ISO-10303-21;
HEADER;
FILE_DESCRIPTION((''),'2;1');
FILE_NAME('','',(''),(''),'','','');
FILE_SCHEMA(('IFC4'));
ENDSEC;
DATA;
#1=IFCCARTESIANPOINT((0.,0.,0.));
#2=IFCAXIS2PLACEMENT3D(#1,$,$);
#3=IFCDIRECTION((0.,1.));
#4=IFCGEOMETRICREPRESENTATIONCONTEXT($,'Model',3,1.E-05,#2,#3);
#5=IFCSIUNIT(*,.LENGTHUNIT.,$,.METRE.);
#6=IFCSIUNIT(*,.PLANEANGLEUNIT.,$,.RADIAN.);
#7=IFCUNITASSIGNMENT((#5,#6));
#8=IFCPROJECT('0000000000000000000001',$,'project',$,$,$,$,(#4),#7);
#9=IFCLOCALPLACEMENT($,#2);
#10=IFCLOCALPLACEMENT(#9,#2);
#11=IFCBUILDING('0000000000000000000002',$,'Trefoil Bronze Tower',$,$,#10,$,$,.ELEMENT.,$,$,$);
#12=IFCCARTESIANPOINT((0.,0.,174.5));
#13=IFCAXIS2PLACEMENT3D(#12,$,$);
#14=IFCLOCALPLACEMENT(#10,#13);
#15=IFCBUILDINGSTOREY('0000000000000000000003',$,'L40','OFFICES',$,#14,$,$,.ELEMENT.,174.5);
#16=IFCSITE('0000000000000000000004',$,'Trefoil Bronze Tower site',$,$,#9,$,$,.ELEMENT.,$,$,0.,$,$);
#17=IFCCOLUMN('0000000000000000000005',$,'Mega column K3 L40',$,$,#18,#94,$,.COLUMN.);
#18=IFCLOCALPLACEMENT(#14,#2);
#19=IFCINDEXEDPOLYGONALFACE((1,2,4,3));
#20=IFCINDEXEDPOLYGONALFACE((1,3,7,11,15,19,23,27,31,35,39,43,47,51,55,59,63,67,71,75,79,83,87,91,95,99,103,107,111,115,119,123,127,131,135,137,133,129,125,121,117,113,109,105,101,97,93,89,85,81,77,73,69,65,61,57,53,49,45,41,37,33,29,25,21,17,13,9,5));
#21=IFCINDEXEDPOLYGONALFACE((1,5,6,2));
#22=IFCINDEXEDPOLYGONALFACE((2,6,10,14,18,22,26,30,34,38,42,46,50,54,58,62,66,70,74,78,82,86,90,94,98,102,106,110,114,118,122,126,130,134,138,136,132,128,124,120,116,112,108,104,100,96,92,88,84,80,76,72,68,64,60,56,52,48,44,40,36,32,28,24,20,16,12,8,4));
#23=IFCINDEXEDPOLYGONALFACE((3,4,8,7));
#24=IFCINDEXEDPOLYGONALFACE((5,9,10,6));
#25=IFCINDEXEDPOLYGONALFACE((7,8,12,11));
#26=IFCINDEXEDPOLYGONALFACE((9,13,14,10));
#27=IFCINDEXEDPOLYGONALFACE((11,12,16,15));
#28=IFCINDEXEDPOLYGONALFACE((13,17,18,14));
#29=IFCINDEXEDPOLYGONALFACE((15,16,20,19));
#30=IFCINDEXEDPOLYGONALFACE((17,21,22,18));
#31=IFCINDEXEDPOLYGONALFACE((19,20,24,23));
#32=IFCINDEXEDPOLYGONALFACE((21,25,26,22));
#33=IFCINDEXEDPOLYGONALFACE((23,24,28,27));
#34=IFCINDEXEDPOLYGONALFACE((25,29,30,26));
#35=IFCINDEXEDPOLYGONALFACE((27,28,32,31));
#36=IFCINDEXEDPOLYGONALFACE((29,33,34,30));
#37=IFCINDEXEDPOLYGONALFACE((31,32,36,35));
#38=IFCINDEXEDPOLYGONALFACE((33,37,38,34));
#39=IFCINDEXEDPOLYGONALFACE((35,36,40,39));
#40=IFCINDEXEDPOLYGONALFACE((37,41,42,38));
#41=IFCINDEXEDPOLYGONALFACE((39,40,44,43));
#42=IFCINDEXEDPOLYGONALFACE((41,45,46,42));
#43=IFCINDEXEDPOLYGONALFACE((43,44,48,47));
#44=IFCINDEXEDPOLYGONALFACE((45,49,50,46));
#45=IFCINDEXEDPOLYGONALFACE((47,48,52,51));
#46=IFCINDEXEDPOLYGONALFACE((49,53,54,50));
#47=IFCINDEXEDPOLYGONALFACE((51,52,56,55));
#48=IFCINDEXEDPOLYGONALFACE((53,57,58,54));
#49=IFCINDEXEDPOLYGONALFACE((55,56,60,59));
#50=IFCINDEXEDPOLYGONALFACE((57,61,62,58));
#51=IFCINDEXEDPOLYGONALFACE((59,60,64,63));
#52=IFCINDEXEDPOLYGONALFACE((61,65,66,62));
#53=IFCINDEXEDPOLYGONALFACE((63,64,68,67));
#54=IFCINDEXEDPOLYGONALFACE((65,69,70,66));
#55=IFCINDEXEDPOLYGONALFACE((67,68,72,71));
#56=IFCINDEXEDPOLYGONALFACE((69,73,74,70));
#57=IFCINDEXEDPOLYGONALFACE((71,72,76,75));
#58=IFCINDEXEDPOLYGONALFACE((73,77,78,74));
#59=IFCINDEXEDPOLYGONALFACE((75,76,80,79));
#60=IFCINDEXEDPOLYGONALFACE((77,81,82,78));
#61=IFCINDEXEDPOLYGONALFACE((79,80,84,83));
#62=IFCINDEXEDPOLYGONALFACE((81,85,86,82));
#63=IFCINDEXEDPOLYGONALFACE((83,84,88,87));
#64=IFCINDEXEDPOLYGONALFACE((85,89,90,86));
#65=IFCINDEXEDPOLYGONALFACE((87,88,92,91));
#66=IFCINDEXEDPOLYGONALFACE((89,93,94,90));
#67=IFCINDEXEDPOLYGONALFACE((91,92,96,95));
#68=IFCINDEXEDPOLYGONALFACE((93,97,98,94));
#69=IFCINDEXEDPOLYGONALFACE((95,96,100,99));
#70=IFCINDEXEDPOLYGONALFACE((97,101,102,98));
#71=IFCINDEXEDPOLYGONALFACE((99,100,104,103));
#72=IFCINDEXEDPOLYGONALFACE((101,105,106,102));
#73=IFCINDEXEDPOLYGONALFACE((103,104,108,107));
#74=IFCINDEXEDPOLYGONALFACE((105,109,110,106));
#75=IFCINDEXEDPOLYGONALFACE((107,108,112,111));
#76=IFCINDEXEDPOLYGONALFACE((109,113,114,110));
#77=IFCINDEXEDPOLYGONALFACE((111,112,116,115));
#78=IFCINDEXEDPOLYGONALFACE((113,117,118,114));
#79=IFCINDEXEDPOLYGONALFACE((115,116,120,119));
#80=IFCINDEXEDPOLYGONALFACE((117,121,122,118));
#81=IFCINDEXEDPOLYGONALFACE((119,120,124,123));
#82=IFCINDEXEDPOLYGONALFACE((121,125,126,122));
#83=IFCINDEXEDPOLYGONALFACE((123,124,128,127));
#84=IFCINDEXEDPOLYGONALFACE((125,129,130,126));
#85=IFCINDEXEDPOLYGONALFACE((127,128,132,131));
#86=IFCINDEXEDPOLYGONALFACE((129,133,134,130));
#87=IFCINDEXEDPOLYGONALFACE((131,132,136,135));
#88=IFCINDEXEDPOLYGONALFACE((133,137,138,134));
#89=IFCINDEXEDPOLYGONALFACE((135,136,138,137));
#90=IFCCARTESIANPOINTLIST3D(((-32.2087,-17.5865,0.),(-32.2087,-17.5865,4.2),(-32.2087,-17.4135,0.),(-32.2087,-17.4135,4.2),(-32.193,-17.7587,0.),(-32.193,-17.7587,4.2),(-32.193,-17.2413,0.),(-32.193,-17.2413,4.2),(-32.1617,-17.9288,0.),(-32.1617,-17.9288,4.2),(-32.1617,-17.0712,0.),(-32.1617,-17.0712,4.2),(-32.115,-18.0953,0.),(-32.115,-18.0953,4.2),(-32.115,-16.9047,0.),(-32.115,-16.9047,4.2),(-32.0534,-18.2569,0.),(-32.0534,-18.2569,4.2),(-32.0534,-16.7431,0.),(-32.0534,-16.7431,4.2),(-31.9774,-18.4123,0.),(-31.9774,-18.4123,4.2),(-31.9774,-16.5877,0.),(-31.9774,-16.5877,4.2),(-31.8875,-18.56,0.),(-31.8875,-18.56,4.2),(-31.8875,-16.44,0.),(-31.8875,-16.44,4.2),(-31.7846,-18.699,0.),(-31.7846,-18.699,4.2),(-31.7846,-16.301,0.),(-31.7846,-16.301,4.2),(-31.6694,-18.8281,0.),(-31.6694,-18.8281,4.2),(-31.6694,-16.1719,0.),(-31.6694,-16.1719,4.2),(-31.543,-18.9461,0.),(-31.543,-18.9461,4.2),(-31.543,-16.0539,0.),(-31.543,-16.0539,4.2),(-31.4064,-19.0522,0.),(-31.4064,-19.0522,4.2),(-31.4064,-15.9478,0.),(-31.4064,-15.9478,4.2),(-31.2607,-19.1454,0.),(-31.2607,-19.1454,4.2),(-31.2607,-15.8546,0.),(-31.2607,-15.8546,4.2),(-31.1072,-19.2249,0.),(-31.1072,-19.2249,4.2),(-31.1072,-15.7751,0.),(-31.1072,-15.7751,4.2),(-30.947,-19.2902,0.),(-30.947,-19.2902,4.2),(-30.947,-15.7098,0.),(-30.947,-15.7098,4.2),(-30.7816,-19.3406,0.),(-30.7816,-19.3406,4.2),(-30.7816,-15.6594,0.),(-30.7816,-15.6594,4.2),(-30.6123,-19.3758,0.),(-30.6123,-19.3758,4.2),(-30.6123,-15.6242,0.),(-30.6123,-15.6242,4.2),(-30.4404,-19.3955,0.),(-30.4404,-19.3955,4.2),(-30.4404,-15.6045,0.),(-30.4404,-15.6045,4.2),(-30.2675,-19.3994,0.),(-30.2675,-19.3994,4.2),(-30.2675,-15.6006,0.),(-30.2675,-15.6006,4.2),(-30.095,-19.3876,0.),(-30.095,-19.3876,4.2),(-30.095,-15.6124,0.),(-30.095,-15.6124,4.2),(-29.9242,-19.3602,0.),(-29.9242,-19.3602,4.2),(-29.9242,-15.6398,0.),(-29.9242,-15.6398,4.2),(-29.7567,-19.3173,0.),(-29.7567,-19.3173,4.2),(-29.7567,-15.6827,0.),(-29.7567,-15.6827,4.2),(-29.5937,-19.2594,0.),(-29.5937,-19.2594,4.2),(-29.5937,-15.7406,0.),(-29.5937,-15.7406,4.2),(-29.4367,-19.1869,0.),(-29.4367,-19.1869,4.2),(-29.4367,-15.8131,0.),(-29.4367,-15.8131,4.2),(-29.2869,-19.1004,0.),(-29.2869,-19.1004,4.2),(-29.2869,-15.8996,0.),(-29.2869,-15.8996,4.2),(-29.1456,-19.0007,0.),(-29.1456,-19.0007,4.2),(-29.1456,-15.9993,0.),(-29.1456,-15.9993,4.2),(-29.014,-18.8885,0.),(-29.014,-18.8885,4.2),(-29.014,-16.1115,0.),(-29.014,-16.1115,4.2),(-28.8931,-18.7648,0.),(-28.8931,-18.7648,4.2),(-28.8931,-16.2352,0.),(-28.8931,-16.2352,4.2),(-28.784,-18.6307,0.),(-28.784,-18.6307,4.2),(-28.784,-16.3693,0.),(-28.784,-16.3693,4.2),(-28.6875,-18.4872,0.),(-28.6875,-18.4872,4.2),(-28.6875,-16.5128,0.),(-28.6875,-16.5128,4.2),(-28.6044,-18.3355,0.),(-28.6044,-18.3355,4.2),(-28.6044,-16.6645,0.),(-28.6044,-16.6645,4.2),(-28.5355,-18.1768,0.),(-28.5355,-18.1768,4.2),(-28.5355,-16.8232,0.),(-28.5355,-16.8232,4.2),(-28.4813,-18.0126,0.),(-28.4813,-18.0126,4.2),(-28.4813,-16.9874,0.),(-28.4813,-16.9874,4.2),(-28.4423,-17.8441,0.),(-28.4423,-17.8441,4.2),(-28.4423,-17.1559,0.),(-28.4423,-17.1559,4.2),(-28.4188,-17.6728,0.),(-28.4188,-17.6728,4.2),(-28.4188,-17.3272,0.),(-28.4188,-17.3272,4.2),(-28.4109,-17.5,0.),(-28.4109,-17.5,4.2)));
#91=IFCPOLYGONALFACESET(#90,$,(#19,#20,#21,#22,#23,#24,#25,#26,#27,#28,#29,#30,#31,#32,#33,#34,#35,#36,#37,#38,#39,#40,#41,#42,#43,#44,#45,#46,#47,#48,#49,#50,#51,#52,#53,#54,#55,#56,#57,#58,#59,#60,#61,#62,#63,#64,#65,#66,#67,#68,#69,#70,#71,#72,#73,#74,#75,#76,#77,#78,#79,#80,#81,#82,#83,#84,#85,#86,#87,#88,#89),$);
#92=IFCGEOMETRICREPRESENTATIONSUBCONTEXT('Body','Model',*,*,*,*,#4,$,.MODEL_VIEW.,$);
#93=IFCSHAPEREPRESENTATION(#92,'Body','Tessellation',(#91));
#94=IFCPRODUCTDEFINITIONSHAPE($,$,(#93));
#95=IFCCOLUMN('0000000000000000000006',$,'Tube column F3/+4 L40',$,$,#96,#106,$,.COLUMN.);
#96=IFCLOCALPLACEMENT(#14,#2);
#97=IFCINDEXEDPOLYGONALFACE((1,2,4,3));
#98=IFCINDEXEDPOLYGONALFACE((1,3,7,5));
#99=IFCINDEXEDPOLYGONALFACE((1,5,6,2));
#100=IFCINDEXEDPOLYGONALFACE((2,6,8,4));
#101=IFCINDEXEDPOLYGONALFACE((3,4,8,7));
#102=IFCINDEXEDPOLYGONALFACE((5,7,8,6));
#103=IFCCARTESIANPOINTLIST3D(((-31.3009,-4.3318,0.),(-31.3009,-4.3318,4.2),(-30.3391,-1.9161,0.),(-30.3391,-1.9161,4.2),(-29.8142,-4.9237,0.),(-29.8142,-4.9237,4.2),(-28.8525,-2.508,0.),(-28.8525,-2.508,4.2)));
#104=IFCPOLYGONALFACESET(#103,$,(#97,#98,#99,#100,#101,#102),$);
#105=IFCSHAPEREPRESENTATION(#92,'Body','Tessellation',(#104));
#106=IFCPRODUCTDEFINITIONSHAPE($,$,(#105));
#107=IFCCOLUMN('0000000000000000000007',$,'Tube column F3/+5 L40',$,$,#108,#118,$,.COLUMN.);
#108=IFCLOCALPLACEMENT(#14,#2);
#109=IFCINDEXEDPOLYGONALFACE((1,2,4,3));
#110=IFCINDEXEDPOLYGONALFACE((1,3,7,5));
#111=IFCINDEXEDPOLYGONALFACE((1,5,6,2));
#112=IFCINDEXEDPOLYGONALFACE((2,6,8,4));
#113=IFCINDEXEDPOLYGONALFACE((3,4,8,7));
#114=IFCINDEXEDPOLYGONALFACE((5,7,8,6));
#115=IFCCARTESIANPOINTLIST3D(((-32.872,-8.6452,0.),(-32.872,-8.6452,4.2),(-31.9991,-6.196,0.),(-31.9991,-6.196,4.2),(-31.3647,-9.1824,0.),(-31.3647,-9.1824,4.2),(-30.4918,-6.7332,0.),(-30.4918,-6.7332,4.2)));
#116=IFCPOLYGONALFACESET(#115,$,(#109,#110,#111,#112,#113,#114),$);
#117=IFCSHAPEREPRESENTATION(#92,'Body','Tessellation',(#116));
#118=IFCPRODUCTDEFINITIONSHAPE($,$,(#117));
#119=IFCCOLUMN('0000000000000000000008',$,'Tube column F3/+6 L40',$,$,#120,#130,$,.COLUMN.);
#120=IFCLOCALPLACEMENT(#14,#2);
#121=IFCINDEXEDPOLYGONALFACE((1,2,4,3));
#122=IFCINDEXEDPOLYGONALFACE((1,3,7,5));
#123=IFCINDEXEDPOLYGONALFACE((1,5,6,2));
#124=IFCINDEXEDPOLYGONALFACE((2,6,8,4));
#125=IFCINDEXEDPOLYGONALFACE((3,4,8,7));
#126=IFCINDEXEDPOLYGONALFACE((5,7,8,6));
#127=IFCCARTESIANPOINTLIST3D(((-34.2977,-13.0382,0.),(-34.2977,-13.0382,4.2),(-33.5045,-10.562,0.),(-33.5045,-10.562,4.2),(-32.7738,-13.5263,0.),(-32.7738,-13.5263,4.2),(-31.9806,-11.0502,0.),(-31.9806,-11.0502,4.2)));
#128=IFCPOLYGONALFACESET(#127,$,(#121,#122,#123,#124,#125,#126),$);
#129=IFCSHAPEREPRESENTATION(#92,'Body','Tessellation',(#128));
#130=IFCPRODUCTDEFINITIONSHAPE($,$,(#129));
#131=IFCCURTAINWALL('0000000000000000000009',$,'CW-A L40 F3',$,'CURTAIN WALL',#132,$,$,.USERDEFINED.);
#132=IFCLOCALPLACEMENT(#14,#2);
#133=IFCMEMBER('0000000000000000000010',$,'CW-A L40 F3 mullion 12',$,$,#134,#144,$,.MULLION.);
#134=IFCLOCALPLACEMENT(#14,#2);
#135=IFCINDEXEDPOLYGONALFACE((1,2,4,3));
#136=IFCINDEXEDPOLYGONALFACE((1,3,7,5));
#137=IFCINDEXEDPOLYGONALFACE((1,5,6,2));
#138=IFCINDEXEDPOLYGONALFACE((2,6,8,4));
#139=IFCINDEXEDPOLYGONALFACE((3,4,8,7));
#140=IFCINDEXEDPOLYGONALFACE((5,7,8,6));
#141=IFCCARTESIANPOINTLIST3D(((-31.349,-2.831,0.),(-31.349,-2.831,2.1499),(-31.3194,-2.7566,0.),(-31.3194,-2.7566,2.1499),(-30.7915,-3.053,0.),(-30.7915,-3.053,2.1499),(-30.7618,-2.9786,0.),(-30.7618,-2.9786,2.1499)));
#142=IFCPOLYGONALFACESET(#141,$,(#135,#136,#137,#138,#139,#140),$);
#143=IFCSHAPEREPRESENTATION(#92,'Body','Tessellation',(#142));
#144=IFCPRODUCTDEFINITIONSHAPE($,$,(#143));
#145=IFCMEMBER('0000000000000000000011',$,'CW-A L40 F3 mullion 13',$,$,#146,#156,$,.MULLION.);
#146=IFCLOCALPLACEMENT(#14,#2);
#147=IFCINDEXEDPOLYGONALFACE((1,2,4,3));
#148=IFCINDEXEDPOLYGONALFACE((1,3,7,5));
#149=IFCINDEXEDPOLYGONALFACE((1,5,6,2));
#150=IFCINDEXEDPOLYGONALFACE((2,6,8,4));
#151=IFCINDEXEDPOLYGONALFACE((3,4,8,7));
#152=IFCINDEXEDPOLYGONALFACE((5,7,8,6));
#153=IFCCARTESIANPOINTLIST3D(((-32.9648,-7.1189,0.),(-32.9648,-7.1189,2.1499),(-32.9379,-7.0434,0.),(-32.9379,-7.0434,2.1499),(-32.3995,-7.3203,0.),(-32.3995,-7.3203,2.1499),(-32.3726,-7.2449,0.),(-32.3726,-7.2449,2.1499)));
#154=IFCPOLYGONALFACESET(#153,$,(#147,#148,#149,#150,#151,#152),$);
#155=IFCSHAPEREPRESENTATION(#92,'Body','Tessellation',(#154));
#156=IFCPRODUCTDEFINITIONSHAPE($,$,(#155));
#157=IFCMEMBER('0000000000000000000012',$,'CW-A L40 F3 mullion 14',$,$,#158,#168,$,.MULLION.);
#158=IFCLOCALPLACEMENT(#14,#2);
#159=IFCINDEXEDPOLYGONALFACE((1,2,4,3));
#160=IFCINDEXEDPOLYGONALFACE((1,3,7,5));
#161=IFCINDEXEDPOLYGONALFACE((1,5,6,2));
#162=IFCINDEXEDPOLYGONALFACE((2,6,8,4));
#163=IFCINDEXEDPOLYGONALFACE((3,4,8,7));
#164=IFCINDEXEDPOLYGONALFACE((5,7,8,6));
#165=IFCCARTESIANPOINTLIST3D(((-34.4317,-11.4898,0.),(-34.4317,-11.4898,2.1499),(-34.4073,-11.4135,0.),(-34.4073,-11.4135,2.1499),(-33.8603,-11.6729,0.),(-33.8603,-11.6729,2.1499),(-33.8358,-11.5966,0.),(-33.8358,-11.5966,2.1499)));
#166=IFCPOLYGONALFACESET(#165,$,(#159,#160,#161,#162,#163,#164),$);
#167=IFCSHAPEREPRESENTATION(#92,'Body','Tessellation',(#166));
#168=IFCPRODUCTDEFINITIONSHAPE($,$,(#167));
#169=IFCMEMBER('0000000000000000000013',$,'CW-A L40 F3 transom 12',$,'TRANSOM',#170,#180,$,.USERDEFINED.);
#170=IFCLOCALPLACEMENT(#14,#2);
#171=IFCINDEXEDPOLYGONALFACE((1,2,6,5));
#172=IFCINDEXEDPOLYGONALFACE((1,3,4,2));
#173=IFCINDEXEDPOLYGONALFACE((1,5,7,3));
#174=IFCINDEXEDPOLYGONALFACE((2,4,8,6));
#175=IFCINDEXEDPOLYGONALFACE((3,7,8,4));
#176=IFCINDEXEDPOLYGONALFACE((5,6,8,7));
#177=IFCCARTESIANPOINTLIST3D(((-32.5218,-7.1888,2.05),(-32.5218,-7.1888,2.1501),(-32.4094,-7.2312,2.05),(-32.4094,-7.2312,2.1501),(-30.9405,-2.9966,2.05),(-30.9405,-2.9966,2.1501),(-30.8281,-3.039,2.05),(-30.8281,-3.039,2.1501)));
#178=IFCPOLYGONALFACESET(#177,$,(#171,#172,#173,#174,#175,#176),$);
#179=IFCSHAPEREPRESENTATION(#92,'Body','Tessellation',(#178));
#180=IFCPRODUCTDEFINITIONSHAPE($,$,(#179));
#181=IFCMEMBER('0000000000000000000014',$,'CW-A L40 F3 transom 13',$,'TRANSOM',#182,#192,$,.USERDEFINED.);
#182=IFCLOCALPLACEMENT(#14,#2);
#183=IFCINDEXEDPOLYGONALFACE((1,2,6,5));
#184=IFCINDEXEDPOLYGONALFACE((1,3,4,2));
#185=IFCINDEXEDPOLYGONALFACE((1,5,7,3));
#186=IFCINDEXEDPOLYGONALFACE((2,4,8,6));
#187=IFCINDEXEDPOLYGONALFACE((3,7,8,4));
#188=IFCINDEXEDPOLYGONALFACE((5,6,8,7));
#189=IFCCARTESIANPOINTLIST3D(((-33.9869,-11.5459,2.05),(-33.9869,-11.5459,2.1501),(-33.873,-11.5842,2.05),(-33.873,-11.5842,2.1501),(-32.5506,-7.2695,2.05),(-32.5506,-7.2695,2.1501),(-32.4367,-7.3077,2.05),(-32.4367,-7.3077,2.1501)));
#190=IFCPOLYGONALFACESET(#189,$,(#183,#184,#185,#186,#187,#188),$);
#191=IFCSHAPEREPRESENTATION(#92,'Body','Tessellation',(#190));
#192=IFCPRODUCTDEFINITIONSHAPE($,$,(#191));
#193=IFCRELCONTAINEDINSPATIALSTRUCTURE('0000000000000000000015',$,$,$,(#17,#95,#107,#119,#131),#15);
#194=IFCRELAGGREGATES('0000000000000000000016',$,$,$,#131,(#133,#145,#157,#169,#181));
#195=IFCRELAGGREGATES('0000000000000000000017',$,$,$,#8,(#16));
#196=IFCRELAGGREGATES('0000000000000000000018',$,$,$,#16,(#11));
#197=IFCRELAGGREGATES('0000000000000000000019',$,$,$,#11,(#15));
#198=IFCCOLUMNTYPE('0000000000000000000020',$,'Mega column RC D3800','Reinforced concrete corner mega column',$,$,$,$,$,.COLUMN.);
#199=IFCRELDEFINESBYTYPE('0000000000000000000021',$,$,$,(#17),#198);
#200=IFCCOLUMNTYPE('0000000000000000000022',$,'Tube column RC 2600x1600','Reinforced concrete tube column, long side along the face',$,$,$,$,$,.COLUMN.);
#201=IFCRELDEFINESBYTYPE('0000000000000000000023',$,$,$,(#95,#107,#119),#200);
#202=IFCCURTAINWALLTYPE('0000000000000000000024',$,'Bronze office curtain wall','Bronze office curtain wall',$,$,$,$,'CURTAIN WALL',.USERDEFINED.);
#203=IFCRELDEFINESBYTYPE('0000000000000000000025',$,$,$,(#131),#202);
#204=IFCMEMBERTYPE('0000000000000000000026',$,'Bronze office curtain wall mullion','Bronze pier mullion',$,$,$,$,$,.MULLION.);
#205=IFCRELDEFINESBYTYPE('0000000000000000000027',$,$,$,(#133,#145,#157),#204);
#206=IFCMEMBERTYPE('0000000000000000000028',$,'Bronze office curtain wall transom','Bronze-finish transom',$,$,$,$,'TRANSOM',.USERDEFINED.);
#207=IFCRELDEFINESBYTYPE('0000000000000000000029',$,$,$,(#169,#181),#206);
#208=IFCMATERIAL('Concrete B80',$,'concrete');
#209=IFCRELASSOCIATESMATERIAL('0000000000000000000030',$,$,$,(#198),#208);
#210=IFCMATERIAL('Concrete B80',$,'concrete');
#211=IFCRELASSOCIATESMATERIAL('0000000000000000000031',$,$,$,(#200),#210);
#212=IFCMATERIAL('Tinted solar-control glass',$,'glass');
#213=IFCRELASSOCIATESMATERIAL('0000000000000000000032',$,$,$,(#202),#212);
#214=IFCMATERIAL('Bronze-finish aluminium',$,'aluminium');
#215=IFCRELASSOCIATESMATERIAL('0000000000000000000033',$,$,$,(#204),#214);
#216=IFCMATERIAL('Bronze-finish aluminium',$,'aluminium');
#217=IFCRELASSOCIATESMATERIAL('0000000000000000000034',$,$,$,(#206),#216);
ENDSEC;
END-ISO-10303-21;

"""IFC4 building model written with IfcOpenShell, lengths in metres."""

from ifc_helpers import new_model, si_unit, direction, frame, origin, origin_2d, place, context, subcontext, project, spatial, rectangle, circle, extrude, material, material_profile, profile_set, type_object, element, aggregate, save


model = new_model("IFC4")

# Units and contexts
model_context = context("Model", 3, precision=1e-05, world=origin(), true_north=direction((0.0, 1.0)))
body_context = subcontext(model_context, "Body", "Model", "MODEL_VIEW")
ifc_project = project(units=[si_unit("LENGTHUNIT", "METRE"), si_unit("PLANEANGLEUNIT", "RADIAN")], contexts=[model_context])

# Site, building, storey
site_placement = place(None, origin())
site = spatial("IfcSite", under=ifc_project, at=site_placement, Name="Trefoil Bronze Tower site", CompositionType="ELEMENT", RefElevation=0.0)
building_placement = place(site_placement, origin())
building = spatial("IfcBuilding", under=site, at=building_placement, Name="Trefoil Bronze Tower", CompositionType="ELEMENT")
storey_placement = place(building_placement, frame((0.0, 0.0, 174.5)))
storey = spatial("IfcBuildingStorey", under=building, at=storey_placement, Name="L40", Description="OFFICES", CompositionType="ELEMENT", Elevation=174.5)

# Columns
ifc_material_1 = material(Name="Concrete B80", Category="concrete")
ifc_material_profile_1 = material_profile(ifc_material_1, circle(Radius=1.8999, at=origin_2d()), Name="RC D3800")
ifc_profile_set_1 = profile_set([ifc_material_profile_1], Name="Concrete B80")
column_type_1 = type_object("IfcColumnType", Name="Mega column RC D3800", Description="Reinforced concrete corner mega column", PredefinedType="COLUMN", material=ifc_profile_set_1)
column_placement = place(storey_placement, frame((-30.3108, -17.5, 0.0), z_axis=(0.0, 0.0, 1.0), x_axis=(1.0, 0.0, 0.0)))
element("IfcColumn", 1, at=column_placement, inside=storey, type_object=column_type_1, Name="Mega column K3 L40", PredefinedType="COLUMN", context=body_context, shape_type="SweptSolid", body=[
    extrude(circle(Radius=1.8999, at=origin_2d()), origin(), (0.0, 0.0, 1.0), 4.2),
])
ifc_material_2 = material(Name="Concrete B80", Category="concrete")
ifc_material_profile_2 = material_profile(ifc_material_2, rectangle(XDim=2.6001, YDim=1.6001, at=origin_2d()), Name="RC 2600x1600")
ifc_profile_set_2 = profile_set([ifc_material_profile_2], Name="Concrete B80")
column_type_2 = type_object("IfcColumnType", Name="Tube column RC 2600x1600", Description="Reinforced concrete tube column, long side along the face", PredefinedType="COLUMN", material=ifc_profile_set_2)
for number, where, z_axis, x_axis, name in (
    (2, (-30.0767, -3.4199, 0.0), (0.0, 0.0, 1.0), (-0.369901, -0.929071, 0.0), "Tube column F3/+4 L40"),
    (3, (-31.6819, -7.6892, 0.0), (0.0, 0.0, 1.0), (-0.335718, -0.941963, 0.0), "Tube column F3/+5 L40"),
    (4, (-33.1392, -12.0442, 0.0), (0.0, 0.0, 1.0), (-0.305066, -0.952331, 0.0), "Tube column F3/+6 L40"),
):
    element("IfcColumn", number, at=place(storey_placement, frame(where, z_axis=z_axis, x_axis=x_axis)), inside=storey, type_object=column_type_2, Name=name, PredefinedType="COLUMN", context=body_context, shape_type="SweptSolid", body=[
        extrude(rectangle(XDim=2.6001, YDim=1.6001, at=origin_2d()), origin(), (0.0, 0.0, 1.0), 4.2),
    ])

# Curtain wall, members
ifc_material_3 = material(Name="Tinted solar-control glass", Category="glass")
curtain_wall_type_1 = type_object("IfcCurtainWallType", Name="Bronze office curtain wall", Description="Bronze office curtain wall", ElementType="CURTAIN WALL", PredefinedType="USERDEFINED", material=ifc_material_3)
curtain_wall_1_placement = place(storey_placement, origin())
curtain_wall_1 = element("IfcCurtainWall", 5, at=curtain_wall_1_placement, inside=storey, type_object=curtain_wall_type_1, Name="CW-A L40 F3", ObjectType="CURTAIN WALL", PredefinedType="USERDEFINED")
ifc_material_4 = material(Name="Bronze-finish aluminium", Category="aluminium")
ifc_material_profile_3 = material_profile(ifc_material_4, rectangle(XDim=0.6001, YDim=0.0801, at=origin_2d()), Name="CW-A mullion")
ifc_profile_set_3 = profile_set([ifc_material_profile_3], Name="Bronze-finish aluminium")
member_type_1 = type_object("IfcMemberType", Name="Bronze office curtain wall mullion", Description="Bronze pier mullion", PredefinedType="MULLION", material=ifc_profile_set_3)
member_1_placement = place(storey_placement, frame((-31.0554, -2.9048, 0.0), z_axis=(0.0, 0.0, 1.0), x_axis=(0.929071, -0.369901, 0.0)))
member_1 = element("IfcMember", 6, at=member_1_placement, type_object=member_type_1, Name="CW-A L40 F3 mullion 12", PredefinedType="MULLION", context=body_context, shape_type="SweptSolid", body=[
    extrude(rectangle(XDim=0.6001, YDim=0.0801, at=origin_2d()), origin(), (0.0, 0.0, 1.0), 2.1499),
])
member_2_placement = place(storey_placement, frame((-32.6687, -7.1819, 0.0), z_axis=(0.0, 0.0, 1.0), x_axis=(0.941963, -0.335718, 0.0)))
member_2 = element("IfcMember", 7, at=member_2_placement, type_object=member_type_1, Name="CW-A L40 F3 mullion 13", PredefinedType="MULLION", context=body_context, shape_type="SweptSolid", body=[
    extrude(rectangle(XDim=0.6001, YDim=0.0801, at=origin_2d()), origin(), (0.0, 0.0, 1.0), 2.1499),
])
member_3_placement = place(storey_placement, frame((-34.1338, -11.5432, 0.0), z_axis=(0.0, 0.0, 1.0), x_axis=(0.952331, -0.305066, 0.0)))
member_3 = element("IfcMember", 8, at=member_3_placement, type_object=member_type_1, Name="CW-A L40 F3 mullion 14", PredefinedType="MULLION", context=body_context, shape_type="SweptSolid", body=[
    extrude(rectangle(XDim=0.6001, YDim=0.0801, at=origin_2d()), origin(), (0.0, 0.0, 1.0), 2.1499),
])
ifc_material_5 = material(Name="Bronze-finish aluminium", Category="aluminium")
ifc_material_profile_4 = material_profile(ifc_material_5, rectangle(XDim=0.1201, YDim=0.1001, at=origin_2d()), Name="CW-A transom")
ifc_profile_set_4 = profile_set([ifc_material_profile_4], Name="Bronze-finish aluminium")
member_type_2 = type_object("IfcMemberType", Name="Bronze office curtain wall transom", Description="Bronze-finish transom", ElementType="TRANSOM", PredefinedType="USERDEFINED", material=ifc_profile_set_4)
member_4_placement = place(storey_placement, frame((-30.8843, -3.0178, 2.1001), z_axis=(-0.352932, -0.935649, 0.0), x_axis=(0.935649, -0.352932, 0.0)))
member_4 = element("IfcMember", 9, at=member_4_placement, type_object=member_type_2, Name="CW-A L40 F3 transom 12", ObjectType="TRANSOM", PredefinedType="USERDEFINED", context=body_context, shape_type="SweptSolid", body=[
    extrude(rectangle(XDim=0.1201, YDim=0.1001, at=origin_2d()), origin(), (0.0, 0.0, 1.0), 4.4805),
])
member_5_placement = place(storey_placement, frame((-32.4937, -7.2886, 2.1001), z_axis=(-0.318386, -0.947961, 0.0), x_axis=(0.947961, -0.318386, 0.0)))
member_5 = element("IfcMember", 10, at=member_5_placement, type_object=member_type_2, Name="CW-A L40 F3 transom 13", ObjectType="TRANSOM", PredefinedType="USERDEFINED", context=body_context, shape_type="SweptSolid", body=[
    extrude(rectangle(XDim=0.1201, YDim=0.1001, at=origin_2d()), origin(), (0.0, 0.0, 1.0), 4.5112),
])

aggregate(curtain_wall_1, [member_1, member_2, member_3, member_4, member_5])

save(model, "model.ifc")
